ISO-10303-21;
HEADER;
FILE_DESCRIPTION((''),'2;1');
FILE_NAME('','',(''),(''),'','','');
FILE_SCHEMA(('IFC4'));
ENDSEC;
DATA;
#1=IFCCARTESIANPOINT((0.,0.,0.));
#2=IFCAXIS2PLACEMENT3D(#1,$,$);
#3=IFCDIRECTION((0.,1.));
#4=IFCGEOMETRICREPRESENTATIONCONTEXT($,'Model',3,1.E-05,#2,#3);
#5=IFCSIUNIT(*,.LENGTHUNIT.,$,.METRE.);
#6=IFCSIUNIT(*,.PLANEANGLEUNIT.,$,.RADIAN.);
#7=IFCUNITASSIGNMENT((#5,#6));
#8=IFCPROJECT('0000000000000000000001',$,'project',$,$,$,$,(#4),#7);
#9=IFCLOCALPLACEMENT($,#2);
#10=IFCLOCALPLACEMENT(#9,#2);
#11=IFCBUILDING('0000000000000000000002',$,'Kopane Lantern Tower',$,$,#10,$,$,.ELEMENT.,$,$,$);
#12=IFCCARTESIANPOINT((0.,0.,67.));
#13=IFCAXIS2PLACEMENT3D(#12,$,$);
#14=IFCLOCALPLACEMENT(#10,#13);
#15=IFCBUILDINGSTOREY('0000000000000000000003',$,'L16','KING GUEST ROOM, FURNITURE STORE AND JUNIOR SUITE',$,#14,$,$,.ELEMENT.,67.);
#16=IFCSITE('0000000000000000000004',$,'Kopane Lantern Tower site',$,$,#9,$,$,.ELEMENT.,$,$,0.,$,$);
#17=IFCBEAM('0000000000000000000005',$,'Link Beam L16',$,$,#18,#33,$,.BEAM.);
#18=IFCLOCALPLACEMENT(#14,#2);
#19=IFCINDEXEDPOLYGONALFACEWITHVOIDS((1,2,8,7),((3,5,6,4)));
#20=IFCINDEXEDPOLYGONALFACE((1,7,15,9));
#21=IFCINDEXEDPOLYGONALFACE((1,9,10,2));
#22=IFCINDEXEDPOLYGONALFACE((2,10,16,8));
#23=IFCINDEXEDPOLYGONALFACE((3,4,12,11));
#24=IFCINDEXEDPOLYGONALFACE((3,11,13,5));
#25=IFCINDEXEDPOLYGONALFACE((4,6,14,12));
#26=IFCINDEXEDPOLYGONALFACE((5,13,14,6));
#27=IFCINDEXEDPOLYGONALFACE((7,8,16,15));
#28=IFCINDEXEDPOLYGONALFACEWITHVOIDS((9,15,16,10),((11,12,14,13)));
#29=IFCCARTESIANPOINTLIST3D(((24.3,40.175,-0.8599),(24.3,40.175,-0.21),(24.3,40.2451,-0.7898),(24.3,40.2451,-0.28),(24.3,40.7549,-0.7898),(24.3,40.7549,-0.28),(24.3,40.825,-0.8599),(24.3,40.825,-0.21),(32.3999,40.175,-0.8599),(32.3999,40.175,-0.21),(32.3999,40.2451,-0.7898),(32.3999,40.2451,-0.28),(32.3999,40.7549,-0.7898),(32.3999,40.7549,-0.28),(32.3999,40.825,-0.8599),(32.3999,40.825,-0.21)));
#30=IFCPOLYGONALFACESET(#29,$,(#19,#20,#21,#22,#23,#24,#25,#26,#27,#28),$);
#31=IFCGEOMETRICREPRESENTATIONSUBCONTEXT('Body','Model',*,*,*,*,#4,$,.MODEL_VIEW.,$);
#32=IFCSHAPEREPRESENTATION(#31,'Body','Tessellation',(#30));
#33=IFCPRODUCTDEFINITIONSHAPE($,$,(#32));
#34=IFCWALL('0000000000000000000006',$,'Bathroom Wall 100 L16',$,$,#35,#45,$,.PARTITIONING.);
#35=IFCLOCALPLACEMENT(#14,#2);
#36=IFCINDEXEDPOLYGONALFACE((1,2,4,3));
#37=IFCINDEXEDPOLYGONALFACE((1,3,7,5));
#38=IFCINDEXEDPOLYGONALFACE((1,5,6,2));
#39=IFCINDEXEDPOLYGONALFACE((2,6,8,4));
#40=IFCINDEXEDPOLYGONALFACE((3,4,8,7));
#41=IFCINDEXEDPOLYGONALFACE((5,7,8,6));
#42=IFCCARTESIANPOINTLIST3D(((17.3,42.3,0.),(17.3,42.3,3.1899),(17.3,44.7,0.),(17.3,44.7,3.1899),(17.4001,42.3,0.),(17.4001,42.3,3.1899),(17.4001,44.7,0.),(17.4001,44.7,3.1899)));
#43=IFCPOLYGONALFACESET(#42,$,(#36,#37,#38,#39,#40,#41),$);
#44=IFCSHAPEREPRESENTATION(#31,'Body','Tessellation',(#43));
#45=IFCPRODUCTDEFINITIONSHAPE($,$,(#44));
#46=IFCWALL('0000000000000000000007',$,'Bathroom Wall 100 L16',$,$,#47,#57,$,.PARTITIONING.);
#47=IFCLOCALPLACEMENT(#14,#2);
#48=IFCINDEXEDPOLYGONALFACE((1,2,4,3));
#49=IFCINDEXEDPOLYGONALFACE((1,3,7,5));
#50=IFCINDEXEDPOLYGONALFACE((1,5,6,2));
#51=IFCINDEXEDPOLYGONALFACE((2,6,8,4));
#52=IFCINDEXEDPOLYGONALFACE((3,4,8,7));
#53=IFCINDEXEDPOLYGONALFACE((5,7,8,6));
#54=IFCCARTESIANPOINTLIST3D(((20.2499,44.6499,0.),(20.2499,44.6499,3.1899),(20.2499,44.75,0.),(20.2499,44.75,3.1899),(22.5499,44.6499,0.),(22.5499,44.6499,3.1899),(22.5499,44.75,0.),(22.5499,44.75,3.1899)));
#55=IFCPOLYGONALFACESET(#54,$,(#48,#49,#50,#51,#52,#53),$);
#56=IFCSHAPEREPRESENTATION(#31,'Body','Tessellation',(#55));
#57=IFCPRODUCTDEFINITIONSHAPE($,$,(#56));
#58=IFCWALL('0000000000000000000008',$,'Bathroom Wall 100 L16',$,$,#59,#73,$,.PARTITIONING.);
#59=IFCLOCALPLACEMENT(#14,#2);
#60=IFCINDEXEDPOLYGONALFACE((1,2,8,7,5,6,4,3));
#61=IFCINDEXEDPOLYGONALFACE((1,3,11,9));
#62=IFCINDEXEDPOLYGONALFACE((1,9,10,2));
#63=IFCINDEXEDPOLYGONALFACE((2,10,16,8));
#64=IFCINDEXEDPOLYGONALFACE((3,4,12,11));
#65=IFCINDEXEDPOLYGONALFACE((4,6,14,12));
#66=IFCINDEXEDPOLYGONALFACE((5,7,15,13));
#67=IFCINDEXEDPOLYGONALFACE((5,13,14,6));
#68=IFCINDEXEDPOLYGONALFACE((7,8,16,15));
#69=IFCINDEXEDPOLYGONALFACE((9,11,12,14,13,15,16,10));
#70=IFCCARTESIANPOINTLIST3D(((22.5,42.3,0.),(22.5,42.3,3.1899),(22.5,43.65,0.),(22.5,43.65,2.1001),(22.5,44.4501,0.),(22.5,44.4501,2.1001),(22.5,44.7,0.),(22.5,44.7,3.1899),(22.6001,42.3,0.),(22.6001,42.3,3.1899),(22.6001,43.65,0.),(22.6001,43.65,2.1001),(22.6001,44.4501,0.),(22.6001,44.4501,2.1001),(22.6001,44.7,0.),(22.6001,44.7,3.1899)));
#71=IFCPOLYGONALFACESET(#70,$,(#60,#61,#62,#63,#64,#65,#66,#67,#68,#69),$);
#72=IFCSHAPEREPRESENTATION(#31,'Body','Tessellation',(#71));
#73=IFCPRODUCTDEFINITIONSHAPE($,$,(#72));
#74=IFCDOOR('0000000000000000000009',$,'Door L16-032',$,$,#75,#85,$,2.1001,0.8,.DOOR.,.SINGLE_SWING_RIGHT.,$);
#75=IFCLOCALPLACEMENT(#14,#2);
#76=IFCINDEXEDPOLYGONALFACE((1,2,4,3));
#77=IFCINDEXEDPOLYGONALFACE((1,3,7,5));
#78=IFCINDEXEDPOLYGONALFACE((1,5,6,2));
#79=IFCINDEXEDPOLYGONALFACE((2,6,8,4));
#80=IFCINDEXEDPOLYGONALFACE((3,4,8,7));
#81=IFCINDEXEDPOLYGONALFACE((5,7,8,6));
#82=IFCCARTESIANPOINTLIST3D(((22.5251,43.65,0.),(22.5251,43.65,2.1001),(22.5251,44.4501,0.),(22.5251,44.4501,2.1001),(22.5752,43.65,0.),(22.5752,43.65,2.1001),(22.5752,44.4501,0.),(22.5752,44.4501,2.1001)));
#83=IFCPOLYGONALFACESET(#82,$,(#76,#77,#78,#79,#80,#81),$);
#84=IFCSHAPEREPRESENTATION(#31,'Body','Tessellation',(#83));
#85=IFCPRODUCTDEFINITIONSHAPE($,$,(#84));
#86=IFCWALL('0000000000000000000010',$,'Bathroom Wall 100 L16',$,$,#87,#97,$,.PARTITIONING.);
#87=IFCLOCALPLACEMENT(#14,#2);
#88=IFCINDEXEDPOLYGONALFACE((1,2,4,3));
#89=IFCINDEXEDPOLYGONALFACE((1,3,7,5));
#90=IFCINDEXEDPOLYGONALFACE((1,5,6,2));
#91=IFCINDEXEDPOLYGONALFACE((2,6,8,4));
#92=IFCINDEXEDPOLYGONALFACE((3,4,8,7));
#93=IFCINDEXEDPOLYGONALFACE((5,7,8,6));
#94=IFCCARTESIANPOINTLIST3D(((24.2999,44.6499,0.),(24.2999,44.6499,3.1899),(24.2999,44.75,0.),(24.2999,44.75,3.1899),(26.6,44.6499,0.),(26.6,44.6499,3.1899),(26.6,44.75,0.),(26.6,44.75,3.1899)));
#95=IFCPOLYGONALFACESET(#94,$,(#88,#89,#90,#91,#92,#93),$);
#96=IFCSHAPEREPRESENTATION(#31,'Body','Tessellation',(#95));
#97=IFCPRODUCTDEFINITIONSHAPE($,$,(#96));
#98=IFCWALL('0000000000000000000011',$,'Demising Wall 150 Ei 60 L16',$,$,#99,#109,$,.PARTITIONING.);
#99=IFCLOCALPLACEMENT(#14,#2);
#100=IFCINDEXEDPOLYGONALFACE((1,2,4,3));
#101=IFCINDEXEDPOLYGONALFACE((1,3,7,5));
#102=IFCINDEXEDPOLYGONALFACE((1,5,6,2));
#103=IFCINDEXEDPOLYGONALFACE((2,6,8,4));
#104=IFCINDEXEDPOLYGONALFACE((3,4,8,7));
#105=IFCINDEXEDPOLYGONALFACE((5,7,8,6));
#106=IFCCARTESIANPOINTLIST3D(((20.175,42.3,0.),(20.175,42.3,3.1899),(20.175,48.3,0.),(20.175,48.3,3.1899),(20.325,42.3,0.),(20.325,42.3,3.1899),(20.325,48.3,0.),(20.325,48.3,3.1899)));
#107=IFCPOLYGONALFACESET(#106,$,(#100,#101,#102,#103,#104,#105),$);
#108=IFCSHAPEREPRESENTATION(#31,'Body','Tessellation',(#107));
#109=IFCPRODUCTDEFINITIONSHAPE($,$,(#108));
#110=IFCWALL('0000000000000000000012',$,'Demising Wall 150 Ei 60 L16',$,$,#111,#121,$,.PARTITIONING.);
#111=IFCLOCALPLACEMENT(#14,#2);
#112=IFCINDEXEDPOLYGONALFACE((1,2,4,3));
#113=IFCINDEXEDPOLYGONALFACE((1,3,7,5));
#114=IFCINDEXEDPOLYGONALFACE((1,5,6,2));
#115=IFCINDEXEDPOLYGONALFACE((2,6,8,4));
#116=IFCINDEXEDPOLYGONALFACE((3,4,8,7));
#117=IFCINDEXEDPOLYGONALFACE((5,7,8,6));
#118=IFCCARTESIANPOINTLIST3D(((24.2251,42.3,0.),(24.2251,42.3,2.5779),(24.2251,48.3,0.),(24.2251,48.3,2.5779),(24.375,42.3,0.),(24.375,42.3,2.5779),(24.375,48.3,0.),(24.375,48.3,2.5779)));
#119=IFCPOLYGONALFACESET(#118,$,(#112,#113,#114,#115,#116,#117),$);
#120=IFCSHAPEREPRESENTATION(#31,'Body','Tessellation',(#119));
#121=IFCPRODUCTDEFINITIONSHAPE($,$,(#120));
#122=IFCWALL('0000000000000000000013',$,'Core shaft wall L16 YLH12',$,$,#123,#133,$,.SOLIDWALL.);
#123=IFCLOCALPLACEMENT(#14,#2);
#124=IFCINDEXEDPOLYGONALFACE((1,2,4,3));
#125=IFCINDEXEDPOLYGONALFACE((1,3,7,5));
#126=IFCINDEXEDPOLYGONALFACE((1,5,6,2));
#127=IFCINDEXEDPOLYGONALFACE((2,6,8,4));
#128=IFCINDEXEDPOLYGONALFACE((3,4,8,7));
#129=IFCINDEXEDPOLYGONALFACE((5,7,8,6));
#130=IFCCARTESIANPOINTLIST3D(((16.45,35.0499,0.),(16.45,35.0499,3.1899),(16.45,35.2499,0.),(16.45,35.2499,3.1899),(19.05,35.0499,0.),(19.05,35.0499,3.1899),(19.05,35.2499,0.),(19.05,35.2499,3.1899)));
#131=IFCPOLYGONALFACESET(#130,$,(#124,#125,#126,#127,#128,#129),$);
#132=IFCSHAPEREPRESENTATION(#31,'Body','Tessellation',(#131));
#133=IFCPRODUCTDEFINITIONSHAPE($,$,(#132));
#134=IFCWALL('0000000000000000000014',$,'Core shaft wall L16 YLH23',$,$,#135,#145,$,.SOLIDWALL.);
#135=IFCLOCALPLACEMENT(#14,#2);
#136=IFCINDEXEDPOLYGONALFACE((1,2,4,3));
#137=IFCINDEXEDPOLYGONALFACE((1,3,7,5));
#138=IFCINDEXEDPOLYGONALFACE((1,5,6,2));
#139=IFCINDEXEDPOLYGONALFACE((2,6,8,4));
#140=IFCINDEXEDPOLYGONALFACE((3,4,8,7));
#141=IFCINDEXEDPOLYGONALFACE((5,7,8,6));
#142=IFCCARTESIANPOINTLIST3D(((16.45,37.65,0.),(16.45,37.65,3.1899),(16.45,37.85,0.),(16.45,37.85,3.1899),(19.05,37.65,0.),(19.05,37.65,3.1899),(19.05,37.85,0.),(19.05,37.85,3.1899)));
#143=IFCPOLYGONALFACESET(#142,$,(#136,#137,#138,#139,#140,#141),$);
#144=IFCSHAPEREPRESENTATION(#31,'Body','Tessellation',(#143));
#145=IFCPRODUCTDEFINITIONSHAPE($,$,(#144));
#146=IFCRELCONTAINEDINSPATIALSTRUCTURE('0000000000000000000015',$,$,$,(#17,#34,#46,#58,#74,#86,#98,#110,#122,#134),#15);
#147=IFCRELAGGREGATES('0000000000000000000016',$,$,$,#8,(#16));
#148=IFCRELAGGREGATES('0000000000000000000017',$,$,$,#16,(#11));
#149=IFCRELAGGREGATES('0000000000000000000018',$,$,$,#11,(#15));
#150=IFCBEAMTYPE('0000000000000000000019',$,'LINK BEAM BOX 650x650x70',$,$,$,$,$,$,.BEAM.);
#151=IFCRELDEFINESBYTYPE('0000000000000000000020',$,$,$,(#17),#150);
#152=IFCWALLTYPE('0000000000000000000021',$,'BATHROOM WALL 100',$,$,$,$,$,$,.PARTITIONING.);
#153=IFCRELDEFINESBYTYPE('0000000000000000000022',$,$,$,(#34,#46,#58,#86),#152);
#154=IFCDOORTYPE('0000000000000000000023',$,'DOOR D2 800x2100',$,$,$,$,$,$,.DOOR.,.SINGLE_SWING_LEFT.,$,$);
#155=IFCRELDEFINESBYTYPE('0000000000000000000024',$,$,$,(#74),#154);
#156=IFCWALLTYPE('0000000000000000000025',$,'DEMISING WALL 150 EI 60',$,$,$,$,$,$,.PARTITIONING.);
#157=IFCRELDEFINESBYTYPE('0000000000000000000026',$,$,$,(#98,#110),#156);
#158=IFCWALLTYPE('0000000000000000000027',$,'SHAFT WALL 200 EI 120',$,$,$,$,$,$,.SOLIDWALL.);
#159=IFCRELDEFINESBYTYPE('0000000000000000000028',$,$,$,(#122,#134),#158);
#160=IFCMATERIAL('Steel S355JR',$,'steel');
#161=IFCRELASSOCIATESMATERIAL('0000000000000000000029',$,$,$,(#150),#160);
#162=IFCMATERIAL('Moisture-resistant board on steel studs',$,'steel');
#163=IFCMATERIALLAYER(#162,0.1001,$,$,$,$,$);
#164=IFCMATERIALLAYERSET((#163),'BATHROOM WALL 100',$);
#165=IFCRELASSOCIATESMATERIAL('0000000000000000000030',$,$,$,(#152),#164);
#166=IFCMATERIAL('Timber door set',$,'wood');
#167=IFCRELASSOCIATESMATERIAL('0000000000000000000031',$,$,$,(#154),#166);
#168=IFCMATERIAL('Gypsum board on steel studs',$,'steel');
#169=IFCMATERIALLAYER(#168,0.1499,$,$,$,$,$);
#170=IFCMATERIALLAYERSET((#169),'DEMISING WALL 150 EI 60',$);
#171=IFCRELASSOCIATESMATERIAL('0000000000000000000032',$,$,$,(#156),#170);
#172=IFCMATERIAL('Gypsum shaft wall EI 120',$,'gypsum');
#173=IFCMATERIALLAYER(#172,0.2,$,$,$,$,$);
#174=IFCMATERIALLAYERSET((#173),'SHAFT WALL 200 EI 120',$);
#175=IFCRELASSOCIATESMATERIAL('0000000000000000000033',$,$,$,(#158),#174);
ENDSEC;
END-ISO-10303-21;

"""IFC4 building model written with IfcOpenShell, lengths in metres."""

from ifc_helpers import new_model, si_unit, direction, frame, frame_2d, origin, origin_2d, place, context, subcontext, project, spatial, rectangle, hollow_rectangle, extrude, material, layer, layer_set, material_profile, profile_set, type_object, element, fill, save


model = new_model("IFC4")

# Units and contexts
model_context = context("Model", 3, precision=1e-05, world=origin(), true_north=direction((0.0, 1.0)))
body_context = subcontext(model_context, "Body", "Model", "MODEL_VIEW")
ifc_project = project(units=[si_unit("LENGTHUNIT", "METRE"), si_unit("PLANEANGLEUNIT", "RADIAN")], contexts=[model_context])

# Site, building, storey
site_placement = place(None, origin())
site = spatial("IfcSite", under=ifc_project, at=site_placement, Name="Kopane Lantern Tower site", CompositionType="ELEMENT", RefElevation=0.0)
building_placement = place(site_placement, origin())
building = spatial("IfcBuilding", under=site, at=building_placement, Name="Kopane Lantern Tower", CompositionType="ELEMENT")
storey_placement = place(building_placement, frame((0.0, 0.0, 67.0)))
storey = spatial("IfcBuildingStorey", under=building, at=storey_placement, Name="L16", Description="KING GUEST ROOM, FURNITURE STORE AND JUNIOR SUITE", CompositionType="ELEMENT", Elevation=67.0)

# Beam
ifc_material_1 = material(Name="Steel S355JR", Category="steel")
ifc_material_profile_1 = material_profile(ifc_material_1, hollow_rectangle(XDim=0.6499, YDim=0.6499, WallThickness=0.0701, at=origin_2d()), Name="BOX 650x650x70")
ifc_profile_set_1 = profile_set([ifc_material_profile_1], Name="Steel S355JR")
beam_type_1 = type_object("IfcBeamType", Name="LINK BEAM BOX 650x650x70", PredefinedType="BEAM", material=ifc_profile_set_1)
beam_1_placement = place(storey_placement, frame((24.3, 40.5, -0.5349), z_axis=(1.0, 0.0, 0.0), x_axis=(0.0, 1.0, 0.0)))
element("IfcBeam", 1, at=beam_1_placement, inside=storey, type_object=beam_type_1, Name="Link Beam L16", PredefinedType="BEAM", context=body_context, shape_type="SweptSolid", body=[
    extrude(hollow_rectangle(XDim=0.6499, YDim=0.6499, WallThickness=0.0701, at=origin_2d()), origin(), (0.0, 0.0, 1.0), 8.0999),
])

# Walls
ifc_material_2 = material(Name="Moisture-resistant board on steel studs", Category="steel")
ifc_layer_1 = layer(ifc_material_2, 0.1001)
ifc_layer_set_1 = layer_set([ifc_layer_1], Name="BATHROOM WALL 100")
wall_type_1 = type_object("IfcWallType", Name="BATHROOM WALL 100", PredefinedType="PARTITIONING", material=ifc_layer_set_1)
wall_1_placement = place(storey_placement, frame((17.3501, 42.3, 0.0), z_axis=(0.0, 0.0, 1.0), x_axis=(0.0, 1.0, 0.0)))
element("IfcWall", 2, at=wall_1_placement, inside=storey, type_object=wall_type_1, Name="Bathroom Wall 100 L16", PredefinedType="PARTITIONING", context=body_context, shape_type="SweptSolid", body=[
    extrude(rectangle(XDim=2.3999, YDim=0.1001, at=frame_2d((1.2, 0.0))), origin(), (0.0, 0.0, 1.0), 3.1899),
])
wall_2_placement = place(storey_placement, frame((20.25, 44.7, 0.0), z_axis=(0.0, 0.0, 1.0), x_axis=(1.0, 0.0, 0.0)))
element("IfcWall", 3, at=wall_2_placement, inside=storey, type_object=wall_type_1, Name="Bathroom Wall 100 L16", PredefinedType="PARTITIONING", context=body_context, shape_type="SweptSolid", body=[
    extrude(rectangle(XDim=2.3, YDim=0.1001, at=frame_2d((1.1499, 0.0))), origin(), (0.0, 0.0, 1.0), 3.1899),
])

# Wall, opening, door
wall_3_placement = place(storey_placement, frame((22.55, 42.3, 0.0), z_axis=(0.0, 0.0, 1.0), x_axis=(0.0, 1.0, 0.0)))
wall_3 = element("IfcWall", 4, at=wall_3_placement, inside=storey, type_object=wall_type_1, Name="Bathroom Wall 100 L16", PredefinedType="PARTITIONING", context=body_context, shape_type="SweptSolid", body=[
    extrude(rectangle(XDim=2.3999, YDim=0.1001, at=frame_2d((1.2, 0.0))), origin(), (0.0, 0.0, 1.0), 3.1899),
])
opening_1_placement = place(wall_3_placement, frame((1.3501, 0.0, 0.0)))
opening_1 = element("IfcOpeningElement", 5, at=opening_1_placement, cuts=wall_3, PredefinedType="OPENING", context=body_context, shape_type="SweptSolid", body=[
    extrude(rectangle(XDim=0.8, YDim=2.1001, at=frame_2d((0.3999, 1.05))), frame((0.0, 0.0601, 0.0), z_axis=(0.0, -1.0, 0.0), x_axis=(1.0, 0.0, 0.0)), (0.0, 0.0, 1.0), 0.1201),
])
ifc_material_3 = material(Name="Timber door set", Category="wood")
door_type_1 = type_object("IfcDoorType", Name="DOOR D2 800x2100", OperationType="SINGLE_SWING_LEFT", PredefinedType="DOOR", material=ifc_material_3)
door_1_placement = place(opening_1_placement, origin())
door_1 = element("IfcDoor", 6, at=door_1_placement, inside=storey, type_object=door_type_1, Name="Door L16-032", OperationType="SINGLE_SWING_RIGHT", OverallHeight=2.1001, OverallWidth=0.8, PredefinedType="DOOR", context=body_context, shape_type="SweptSolid", body=[
    extrude(rectangle(XDim=0.8, YDim=2.1001, at=frame_2d((0.3999, 1.05))), frame((0.0, 0.0249, 0.0), z_axis=(0.0, -1.0, 0.0), x_axis=(1.0, 0.0, 0.0)), (0.0, 0.0, 1.0), 0.05),
])
fill(opening_1, door_1)

# Wall
wall_4_placement = place(storey_placement, frame((24.3, 44.7, 0.0), z_axis=(0.0, 0.0, 1.0), x_axis=(1.0, 0.0, 0.0)))
element("IfcWall", 7, at=wall_4_placement, inside=storey, type_object=wall_type_1, Name="Bathroom Wall 100 L16", PredefinedType="PARTITIONING", context=body_context, shape_type="SweptSolid", body=[
    extrude(rectangle(XDim=2.3, YDim=0.1001, at=frame_2d((1.1499, 0.0))), origin(), (0.0, 0.0, 1.0), 3.1899),
])

# Walls
ifc_material_4 = material(Name="Gypsum board on steel studs", Category="steel")
ifc_layer_2 = layer(ifc_material_4, 0.1499)
ifc_layer_set_2 = layer_set([ifc_layer_2], Name="DEMISING WALL 150 EI 60")
wall_type_2 = type_object("IfcWallType", Name="DEMISING WALL 150 EI 60", PredefinedType="PARTITIONING", material=ifc_layer_set_2)
wall_5_placement = place(storey_placement, frame((20.25, 42.3, 0.0), z_axis=(0.0, 0.0, 1.0), x_axis=(0.0, 1.0, 0.0)))
element("IfcWall", 8, at=wall_5_placement, inside=storey, type_object=wall_type_2, Name="Demising Wall 150 Ei 60 L16", PredefinedType="PARTITIONING", context=body_context, shape_type="SweptSolid", body=[
    extrude(rectangle(XDim=6.0, YDim=0.1499, at=frame_2d((3.0, 0.0))), origin(), (0.0, 0.0, 1.0), 3.1899),
])
wall_6_placement = place(storey_placement, frame((24.3, 42.3, 0.0), z_axis=(0.0, 0.0, 1.0), x_axis=(0.0, 1.0, 0.0)))
element("IfcWall", 9, at=wall_6_placement, inside=storey, type_object=wall_type_2, Name="Demising Wall 150 Ei 60 L16", PredefinedType="PARTITIONING", context=body_context, shape_type="SweptSolid", body=[
    extrude(rectangle(XDim=6.0, YDim=0.1499, at=frame_2d((3.0, 0.0))), origin(), (0.0, 0.0, 1.0), 2.5779),
])
ifc_material_5 = material(Name="Gypsum shaft wall EI 120", Category="gypsum")
ifc_layer_3 = layer(ifc_material_5, 0.2)
ifc_layer_set_3 = layer_set([ifc_layer_3], Name="SHAFT WALL 200 EI 120")
wall_type_3 = type_object("IfcWallType", Name="SHAFT WALL 200 EI 120", PredefinedType="SOLIDWALL", material=ifc_layer_set_3)
for number, where, z_axis, x_axis, name in (
    (10, (16.45, 35.1499, 0.0), (0.0, 0.0, 1.0), (1.0, 0.0, 0.0), "Core shaft wall L16 YLH12"),
    (11, (16.45, 37.75, 0.0), (0.0, 0.0, 1.0), (1.0, 0.0, 0.0), "Core shaft wall L16 YLH23"),
):
    element("IfcWall", number, at=place(storey_placement, frame(where, z_axis=z_axis, x_axis=x_axis)), inside=storey, type_object=wall_type_3, Name=name, PredefinedType="SOLIDWALL", context=body_context, shape_type="SweptSolid", body=[
        extrude(rectangle(XDim=2.6001, YDim=0.2, at=frame_2d((1.3, 0.0))), origin(), (0.0, 0.0, 1.0), 3.1899),
    ])

save(model, "model.ifc")
